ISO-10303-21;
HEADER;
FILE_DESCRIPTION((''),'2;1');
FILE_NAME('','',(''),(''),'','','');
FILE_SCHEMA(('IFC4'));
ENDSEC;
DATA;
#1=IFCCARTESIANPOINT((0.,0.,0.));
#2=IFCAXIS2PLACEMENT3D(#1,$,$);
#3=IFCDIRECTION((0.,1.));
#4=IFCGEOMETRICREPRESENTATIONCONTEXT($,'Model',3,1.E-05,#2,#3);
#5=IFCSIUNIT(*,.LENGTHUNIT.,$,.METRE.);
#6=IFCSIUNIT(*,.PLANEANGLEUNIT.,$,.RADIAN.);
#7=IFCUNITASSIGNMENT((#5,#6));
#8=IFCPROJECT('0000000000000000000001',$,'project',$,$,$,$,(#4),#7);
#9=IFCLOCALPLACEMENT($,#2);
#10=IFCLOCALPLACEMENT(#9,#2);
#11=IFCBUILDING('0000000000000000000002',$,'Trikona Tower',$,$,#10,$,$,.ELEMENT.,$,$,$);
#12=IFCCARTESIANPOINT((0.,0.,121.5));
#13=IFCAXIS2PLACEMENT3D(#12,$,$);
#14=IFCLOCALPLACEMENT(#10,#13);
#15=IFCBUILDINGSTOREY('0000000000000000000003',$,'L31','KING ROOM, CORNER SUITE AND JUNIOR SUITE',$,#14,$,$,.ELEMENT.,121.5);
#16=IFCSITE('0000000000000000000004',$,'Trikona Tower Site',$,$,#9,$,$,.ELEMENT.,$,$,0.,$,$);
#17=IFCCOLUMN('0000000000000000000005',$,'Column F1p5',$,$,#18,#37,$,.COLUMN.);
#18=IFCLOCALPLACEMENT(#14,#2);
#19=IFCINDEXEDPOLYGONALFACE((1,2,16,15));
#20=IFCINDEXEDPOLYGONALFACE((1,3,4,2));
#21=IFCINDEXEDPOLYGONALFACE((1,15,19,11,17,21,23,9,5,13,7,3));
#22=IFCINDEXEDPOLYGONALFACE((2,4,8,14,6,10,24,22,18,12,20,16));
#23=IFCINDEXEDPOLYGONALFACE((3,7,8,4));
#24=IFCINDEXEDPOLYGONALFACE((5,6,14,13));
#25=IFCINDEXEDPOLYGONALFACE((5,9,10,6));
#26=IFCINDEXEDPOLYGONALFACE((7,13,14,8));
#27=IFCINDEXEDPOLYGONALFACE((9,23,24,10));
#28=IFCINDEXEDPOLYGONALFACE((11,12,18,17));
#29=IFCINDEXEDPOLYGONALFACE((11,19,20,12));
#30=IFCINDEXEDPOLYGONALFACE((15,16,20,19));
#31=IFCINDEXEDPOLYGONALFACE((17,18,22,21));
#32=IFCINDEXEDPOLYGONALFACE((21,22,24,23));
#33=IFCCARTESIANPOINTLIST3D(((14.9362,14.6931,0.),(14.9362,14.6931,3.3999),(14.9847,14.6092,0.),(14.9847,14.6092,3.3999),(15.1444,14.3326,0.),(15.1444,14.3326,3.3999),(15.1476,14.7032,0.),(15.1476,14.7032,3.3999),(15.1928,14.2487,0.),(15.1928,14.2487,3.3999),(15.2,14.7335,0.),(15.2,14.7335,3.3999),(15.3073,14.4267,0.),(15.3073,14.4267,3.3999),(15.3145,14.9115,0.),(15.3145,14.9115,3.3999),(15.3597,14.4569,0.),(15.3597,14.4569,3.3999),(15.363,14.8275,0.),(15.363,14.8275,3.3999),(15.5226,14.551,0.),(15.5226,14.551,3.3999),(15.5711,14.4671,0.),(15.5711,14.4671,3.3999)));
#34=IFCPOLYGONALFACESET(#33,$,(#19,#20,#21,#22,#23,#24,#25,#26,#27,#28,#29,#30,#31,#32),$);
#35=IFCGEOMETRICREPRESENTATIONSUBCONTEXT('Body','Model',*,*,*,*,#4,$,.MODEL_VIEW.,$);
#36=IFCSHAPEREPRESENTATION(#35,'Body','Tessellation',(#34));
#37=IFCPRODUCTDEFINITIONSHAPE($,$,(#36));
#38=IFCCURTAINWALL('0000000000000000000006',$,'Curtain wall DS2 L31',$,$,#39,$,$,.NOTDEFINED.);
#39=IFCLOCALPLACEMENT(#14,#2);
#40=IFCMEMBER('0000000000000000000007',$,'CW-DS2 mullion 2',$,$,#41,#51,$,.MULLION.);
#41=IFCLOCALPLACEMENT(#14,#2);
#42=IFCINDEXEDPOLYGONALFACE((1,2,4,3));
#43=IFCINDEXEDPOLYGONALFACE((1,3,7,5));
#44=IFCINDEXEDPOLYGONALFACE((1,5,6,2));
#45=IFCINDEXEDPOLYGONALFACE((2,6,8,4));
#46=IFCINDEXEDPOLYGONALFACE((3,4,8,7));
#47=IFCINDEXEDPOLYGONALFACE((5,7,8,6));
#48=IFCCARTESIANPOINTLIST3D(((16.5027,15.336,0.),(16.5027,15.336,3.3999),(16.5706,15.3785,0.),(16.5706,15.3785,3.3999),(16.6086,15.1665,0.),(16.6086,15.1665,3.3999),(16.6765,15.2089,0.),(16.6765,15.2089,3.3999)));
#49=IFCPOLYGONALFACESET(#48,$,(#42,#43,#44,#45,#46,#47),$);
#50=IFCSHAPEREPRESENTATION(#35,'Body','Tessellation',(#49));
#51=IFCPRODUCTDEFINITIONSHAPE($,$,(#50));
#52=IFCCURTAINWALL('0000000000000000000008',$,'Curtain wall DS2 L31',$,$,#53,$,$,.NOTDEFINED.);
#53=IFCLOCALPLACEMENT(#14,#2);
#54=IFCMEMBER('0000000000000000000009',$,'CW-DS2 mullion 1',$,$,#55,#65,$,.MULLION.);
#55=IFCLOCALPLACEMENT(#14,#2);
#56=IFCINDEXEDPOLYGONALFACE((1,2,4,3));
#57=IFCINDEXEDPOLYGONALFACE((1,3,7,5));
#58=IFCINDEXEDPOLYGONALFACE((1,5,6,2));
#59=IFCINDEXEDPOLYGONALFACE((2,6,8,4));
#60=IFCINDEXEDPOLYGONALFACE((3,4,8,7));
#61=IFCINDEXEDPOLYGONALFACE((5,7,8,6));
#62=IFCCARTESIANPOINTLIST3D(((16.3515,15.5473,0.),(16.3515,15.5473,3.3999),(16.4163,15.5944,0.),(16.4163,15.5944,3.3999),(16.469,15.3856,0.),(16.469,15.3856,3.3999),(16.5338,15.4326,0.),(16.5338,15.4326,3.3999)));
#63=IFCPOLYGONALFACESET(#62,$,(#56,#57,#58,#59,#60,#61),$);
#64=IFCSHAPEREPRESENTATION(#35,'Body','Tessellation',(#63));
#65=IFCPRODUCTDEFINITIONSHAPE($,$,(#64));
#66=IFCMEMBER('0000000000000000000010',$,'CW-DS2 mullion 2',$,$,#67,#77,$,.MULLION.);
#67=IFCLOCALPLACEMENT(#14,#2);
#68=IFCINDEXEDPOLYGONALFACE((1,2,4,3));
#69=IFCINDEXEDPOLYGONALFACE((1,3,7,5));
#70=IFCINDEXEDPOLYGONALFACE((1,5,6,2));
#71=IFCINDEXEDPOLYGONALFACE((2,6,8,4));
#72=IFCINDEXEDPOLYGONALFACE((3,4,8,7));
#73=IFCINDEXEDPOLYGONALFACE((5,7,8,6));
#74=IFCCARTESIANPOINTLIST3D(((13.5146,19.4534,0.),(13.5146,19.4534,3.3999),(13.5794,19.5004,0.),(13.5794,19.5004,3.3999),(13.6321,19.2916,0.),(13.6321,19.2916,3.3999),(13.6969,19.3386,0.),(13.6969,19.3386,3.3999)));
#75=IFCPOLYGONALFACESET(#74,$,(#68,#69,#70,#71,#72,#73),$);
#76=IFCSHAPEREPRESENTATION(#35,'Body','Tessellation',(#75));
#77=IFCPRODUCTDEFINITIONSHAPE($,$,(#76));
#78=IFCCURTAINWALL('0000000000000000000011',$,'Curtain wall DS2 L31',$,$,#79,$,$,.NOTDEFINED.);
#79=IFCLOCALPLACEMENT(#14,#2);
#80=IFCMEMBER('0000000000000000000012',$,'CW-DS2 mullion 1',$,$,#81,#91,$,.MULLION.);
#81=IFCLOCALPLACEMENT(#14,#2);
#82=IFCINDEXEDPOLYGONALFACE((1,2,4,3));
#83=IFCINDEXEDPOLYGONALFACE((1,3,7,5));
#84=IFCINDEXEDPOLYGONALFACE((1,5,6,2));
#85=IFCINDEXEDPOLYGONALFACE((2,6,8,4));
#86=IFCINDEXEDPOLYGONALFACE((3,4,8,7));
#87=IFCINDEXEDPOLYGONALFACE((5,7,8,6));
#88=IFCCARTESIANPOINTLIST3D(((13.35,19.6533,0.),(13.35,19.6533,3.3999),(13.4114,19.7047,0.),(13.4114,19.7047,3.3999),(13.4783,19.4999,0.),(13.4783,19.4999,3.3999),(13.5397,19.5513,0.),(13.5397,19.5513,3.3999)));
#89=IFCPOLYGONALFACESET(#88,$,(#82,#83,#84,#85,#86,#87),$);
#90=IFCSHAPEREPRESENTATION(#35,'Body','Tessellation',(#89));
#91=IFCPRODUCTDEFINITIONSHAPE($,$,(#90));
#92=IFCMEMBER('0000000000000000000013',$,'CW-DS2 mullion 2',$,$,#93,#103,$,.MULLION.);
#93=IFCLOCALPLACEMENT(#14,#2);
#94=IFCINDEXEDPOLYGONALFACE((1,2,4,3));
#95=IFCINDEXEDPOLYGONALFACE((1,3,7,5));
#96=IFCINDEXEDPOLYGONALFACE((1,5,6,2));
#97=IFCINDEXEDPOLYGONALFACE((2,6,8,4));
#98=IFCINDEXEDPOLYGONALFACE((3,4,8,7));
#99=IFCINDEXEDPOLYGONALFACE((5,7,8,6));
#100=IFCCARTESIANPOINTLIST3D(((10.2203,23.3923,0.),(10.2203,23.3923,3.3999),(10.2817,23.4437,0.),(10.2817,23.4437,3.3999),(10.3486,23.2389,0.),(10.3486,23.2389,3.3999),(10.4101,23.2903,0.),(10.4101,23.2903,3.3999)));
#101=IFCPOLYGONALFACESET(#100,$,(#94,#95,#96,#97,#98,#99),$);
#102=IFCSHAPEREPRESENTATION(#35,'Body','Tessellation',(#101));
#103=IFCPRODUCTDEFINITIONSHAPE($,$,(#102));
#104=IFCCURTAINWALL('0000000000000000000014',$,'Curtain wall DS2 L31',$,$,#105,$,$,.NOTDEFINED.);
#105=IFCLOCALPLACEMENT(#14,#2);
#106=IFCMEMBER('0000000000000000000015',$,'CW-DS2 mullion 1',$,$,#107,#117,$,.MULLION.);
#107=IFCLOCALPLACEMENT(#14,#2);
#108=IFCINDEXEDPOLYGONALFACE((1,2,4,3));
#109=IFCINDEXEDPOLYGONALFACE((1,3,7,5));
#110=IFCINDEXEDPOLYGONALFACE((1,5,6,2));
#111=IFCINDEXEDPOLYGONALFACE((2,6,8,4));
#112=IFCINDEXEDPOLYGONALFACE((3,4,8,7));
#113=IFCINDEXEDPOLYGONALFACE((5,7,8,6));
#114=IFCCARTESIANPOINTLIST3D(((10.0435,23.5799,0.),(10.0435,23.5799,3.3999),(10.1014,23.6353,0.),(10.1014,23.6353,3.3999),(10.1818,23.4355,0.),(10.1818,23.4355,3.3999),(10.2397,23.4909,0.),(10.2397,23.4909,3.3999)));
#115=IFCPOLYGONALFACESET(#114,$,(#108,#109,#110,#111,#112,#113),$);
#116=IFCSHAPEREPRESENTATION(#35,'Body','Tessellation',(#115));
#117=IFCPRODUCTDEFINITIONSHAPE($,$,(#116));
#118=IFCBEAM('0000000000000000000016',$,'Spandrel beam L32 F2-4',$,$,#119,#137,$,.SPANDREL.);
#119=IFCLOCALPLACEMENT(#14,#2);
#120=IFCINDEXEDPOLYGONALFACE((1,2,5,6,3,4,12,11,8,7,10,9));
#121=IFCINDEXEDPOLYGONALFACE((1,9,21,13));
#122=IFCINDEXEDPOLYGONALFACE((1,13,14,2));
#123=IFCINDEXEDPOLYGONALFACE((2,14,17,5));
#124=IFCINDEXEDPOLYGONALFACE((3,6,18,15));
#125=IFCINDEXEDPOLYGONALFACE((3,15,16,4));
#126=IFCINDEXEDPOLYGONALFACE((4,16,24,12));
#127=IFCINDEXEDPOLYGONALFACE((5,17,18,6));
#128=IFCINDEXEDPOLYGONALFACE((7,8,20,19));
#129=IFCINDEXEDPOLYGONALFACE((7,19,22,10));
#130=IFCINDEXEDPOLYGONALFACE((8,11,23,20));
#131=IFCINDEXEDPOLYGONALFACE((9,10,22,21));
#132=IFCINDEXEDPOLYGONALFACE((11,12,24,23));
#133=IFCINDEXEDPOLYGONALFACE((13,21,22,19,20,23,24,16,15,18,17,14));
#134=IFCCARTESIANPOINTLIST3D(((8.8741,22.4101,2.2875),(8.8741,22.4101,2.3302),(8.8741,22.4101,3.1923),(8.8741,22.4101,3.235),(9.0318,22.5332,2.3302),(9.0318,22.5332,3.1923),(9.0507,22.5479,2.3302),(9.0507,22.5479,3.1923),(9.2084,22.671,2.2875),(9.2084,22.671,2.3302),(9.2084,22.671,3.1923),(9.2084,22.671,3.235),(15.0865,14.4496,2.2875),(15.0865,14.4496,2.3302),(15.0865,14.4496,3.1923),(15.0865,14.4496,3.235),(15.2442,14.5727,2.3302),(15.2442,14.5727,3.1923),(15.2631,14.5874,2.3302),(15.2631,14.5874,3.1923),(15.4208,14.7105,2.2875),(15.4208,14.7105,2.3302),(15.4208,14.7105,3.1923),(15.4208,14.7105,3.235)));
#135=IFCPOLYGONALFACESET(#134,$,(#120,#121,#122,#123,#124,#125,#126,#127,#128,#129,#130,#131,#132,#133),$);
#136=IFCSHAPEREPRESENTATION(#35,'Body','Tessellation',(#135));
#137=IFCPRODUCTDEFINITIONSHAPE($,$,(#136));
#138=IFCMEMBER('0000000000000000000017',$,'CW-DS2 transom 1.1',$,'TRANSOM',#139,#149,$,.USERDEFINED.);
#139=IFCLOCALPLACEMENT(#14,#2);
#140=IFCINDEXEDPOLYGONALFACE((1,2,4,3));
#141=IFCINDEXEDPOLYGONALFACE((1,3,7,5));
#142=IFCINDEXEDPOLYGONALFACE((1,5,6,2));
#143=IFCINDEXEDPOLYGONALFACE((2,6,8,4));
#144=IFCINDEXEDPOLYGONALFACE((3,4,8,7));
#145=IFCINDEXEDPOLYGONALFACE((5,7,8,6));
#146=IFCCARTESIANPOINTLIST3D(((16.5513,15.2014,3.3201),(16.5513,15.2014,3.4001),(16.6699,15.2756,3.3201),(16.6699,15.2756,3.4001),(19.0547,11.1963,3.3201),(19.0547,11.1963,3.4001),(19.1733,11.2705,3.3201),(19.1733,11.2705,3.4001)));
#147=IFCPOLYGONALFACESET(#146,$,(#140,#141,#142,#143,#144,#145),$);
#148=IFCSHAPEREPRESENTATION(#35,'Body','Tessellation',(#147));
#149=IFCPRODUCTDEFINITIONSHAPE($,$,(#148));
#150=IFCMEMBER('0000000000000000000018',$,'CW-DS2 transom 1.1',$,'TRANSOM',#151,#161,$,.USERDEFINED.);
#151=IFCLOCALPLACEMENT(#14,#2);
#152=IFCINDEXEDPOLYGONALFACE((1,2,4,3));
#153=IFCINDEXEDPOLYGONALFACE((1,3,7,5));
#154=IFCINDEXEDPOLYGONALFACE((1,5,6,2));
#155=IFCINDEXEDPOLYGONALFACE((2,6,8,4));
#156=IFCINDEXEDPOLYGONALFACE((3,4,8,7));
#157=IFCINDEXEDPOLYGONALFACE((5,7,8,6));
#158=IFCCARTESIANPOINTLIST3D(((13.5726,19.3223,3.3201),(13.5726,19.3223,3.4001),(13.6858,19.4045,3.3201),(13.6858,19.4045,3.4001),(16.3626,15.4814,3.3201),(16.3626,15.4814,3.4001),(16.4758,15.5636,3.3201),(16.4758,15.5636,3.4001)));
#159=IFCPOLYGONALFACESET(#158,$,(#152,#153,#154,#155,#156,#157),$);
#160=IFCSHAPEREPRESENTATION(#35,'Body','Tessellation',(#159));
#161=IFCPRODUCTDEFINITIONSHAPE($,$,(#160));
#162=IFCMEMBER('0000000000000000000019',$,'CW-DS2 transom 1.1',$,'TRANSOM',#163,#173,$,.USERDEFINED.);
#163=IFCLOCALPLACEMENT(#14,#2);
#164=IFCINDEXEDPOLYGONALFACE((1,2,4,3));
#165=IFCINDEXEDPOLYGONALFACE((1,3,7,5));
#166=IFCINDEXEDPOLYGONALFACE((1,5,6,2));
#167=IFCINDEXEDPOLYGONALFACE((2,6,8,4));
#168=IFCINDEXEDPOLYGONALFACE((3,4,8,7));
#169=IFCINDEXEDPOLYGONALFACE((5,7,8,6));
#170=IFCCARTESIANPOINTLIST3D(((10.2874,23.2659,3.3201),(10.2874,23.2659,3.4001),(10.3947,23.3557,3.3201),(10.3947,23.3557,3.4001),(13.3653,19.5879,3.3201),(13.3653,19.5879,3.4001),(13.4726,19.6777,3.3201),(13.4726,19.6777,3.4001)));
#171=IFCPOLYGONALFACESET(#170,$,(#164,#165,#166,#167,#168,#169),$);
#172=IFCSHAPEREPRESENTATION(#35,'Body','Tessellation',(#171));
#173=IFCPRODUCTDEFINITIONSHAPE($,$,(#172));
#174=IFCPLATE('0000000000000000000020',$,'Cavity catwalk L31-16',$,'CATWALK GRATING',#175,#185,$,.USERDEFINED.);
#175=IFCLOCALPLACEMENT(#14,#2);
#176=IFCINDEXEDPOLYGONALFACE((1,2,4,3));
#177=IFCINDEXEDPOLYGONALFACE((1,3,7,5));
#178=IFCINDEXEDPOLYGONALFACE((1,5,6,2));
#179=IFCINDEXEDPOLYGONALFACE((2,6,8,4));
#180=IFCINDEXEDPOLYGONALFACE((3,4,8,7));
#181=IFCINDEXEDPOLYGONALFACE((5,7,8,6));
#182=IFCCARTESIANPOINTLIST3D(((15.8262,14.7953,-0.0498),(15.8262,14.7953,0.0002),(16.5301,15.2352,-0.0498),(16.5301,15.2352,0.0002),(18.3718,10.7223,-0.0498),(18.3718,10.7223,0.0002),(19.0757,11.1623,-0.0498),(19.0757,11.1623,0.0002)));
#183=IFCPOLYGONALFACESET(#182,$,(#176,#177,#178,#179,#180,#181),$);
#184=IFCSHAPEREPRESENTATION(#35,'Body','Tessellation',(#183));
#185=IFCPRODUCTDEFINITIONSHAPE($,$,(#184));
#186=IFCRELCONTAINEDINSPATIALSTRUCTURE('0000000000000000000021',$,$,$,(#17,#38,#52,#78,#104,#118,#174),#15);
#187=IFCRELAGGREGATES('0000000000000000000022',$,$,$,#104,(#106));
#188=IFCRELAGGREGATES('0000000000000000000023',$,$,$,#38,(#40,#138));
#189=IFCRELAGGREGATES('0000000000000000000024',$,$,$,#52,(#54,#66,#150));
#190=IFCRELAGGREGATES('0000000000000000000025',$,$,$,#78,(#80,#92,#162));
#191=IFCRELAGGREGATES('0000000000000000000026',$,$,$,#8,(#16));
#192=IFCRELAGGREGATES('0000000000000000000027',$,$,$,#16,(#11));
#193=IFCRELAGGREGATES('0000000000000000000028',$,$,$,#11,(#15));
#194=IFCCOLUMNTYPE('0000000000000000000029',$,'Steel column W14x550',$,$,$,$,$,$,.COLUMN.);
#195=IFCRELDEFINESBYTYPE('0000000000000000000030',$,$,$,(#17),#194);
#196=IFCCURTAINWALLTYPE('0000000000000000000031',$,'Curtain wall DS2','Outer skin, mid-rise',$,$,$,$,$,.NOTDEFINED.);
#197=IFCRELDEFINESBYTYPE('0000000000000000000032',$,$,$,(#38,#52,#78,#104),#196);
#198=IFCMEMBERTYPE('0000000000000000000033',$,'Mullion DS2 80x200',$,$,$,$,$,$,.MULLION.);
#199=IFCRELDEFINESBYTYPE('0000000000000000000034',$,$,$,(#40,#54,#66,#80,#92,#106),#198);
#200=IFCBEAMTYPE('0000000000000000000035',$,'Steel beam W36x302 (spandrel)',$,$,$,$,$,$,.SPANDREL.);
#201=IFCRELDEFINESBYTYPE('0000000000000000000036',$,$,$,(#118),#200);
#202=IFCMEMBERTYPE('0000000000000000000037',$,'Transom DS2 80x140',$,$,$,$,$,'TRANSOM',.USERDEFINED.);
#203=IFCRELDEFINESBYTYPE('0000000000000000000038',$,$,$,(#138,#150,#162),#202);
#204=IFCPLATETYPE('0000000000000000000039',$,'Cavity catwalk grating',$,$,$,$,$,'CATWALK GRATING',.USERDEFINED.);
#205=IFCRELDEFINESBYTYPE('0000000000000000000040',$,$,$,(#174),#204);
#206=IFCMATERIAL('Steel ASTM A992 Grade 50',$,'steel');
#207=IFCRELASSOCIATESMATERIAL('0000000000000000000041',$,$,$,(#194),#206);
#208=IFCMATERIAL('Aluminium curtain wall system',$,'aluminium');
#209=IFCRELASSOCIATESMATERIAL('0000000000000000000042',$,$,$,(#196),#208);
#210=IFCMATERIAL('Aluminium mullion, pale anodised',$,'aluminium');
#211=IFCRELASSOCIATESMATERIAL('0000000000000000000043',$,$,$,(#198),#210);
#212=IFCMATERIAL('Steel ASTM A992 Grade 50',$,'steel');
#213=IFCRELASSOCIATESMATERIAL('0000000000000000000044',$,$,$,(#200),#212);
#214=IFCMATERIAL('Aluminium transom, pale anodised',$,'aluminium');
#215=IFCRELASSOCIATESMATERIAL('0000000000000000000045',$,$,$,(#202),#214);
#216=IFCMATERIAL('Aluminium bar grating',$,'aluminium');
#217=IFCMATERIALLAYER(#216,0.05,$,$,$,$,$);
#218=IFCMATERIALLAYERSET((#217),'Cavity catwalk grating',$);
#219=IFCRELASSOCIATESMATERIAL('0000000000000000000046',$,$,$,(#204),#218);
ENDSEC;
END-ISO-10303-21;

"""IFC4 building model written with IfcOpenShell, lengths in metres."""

from ifc_helpers import new_model, si_unit, direction, frame, origin, origin_2d, place, context, subcontext, project, spatial, rectangle, i_section, extrude, material, layer, layer_set, material_profile, profile_set, type_object, element, aggregate, save


model = new_model("IFC4")

# Units and contexts
model_context = context("Model", 3, precision=1e-05, world=origin(), true_north=direction((0.0, 1.0)))
body_context = subcontext(model_context, "Body", "Model", "MODEL_VIEW")
ifc_project = project(units=[si_unit("LENGTHUNIT", "METRE"), si_unit("PLANEANGLEUNIT", "RADIAN")], contexts=[model_context])

# Site, building, storey
site_placement = place(None, origin())
site = spatial("IfcSite", under=ifc_project, at=site_placement, Name="Trikona Tower Site", CompositionType="ELEMENT", RefElevation=0.0)
building_placement = place(site_placement, origin())
building = spatial("IfcBuilding", under=site, at=building_placement, Name="Trikona Tower", CompositionType="ELEMENT")
storey_placement = place(building_placement, frame((0.0, 0.0, 121.5)))
storey = spatial("IfcBuildingStorey", under=building, at=storey_placement, Name="L31", Description="KING ROOM, CORNER SUITE AND JUNIOR SUITE", CompositionType="ELEMENT", Elevation=121.5)

# Column
ifc_material_1 = material(Name="Steel ASTM A992 Grade 50", Category="steel")
ifc_material_profile_1 = material_profile(ifc_material_1, i_section(OverallWidth=0.4368, OverallDepth=0.5132, WebThickness=0.0605, FlangeThickness=0.0969, at=origin_2d()), Name="W14X550")
ifc_profile_set_1 = profile_set([ifc_material_profile_1], Name="Steel ASTM A992 Grade 50")
column_type = type_object("IfcColumnType", Name="Steel column W14x550", PredefinedType="COLUMN", material=ifc_profile_set_1)
column_placement = place(storey_placement, frame((15.2537, 14.5801, 0.0), z_axis=(0.0, 0.0, 1.0), x_axis=(0.866025, 0.5, 0.0)))
element("IfcColumn", 1, at=column_placement, inside=storey, type_object=column_type, Name="Column F1p5", PredefinedType="COLUMN", context=body_context, shape_type="SweptSolid", body=[
    extrude(i_section(OverallWidth=0.4368, OverallDepth=0.5132, WebThickness=0.0605, FlangeThickness=0.0969, at=origin_2d()), origin(), (0.0, 0.0, 1.0), 3.3999),
])

# Curtain wall, member
ifc_material_2 = material(Name="Aluminium curtain wall system", Category="aluminium")
curtain_wall_type = type_object("IfcCurtainWallType", Name="Curtain wall DS2", Description="Outer skin, mid-rise", PredefinedType="NOTDEFINED", material=ifc_material_2)
curtain_wall_1_placement = place(storey_placement, origin())
curtain_wall_1 = element("IfcCurtainWall", 2, at=curtain_wall_1_placement, inside=storey, type_object=curtain_wall_type, Name="Curtain wall DS2 L31", PredefinedType="NOTDEFINED")
ifc_material_3 = material(Name="Aluminium mullion, pale anodised", Category="aluminium")
ifc_material_profile_2 = material_profile(ifc_material_3, rectangle(XDim=0.0801, YDim=0.2, at=origin_2d()), Name="MUL-DS2")
ifc_profile_set_2 = profile_set([ifc_material_profile_2], Name="Aluminium mullion, pale anodised")
member_type_1 = type_object("IfcMemberType", Name="Mullion DS2 80x200", PredefinedType="MULLION", material=ifc_profile_set_2)
member_1_placement = place(storey_placement, frame((16.5896, 15.2725, 0.0), z_axis=(0.0, 0.0, 1.0), x_axis=(-0.847998, -0.529999, 0.0)))
member_1 = element("IfcMember", 3, at=member_1_placement, type_object=member_type_1, Name="CW-DS2 mullion 2", PredefinedType="MULLION", context=body_context, shape_type="SweptSolid", body=[
    extrude(rectangle(XDim=0.0801, YDim=0.2, at=origin_2d()), origin(), (0.0, 0.0, 1.0), 3.3999),
])

# Curtain walls, members
curtain_wall_2_placement = place(storey_placement, origin())
curtain_wall_2 = element("IfcCurtainWall", 4, at=curtain_wall_2_placement, inside=storey, type_object=curtain_wall_type, Name="Curtain wall DS2 L31", PredefinedType="NOTDEFINED")
member_2_placement = place(storey_placement, frame((16.4426, 15.49, 0.0), z_axis=(0.0, 0.0, 1.0), x_axis=(-0.809086, -0.587691, 0.0)))
member_2 = element("IfcMember", 5, at=member_2_placement, type_object=member_type_1, Name="CW-DS2 mullion 1", PredefinedType="MULLION", context=body_context, shape_type="SweptSolid", body=[
    extrude(rectangle(XDim=0.0801, YDim=0.2, at=origin_2d()), origin(), (0.0, 0.0, 1.0), 3.3999),
])
member_3_placement = place(storey_placement, frame((13.6057, 19.396, 0.0), z_axis=(0.0, 0.0, 1.0), x_axis=(-0.809086, -0.587691, 0.0)))
member_3 = element("IfcMember", 6, at=member_3_placement, type_object=member_type_1, Name="CW-DS2 mullion 2", PredefinedType="MULLION", context=body_context, shape_type="SweptSolid", body=[
    extrude(rectangle(XDim=0.0801, YDim=0.2, at=origin_2d()), origin(), (0.0, 0.0, 1.0), 3.3999),
])
curtain_wall_3_placement = place(storey_placement, origin())
curtain_wall_3 = element("IfcCurtainWall", 7, at=curtain_wall_3_placement, inside=storey, type_object=curtain_wall_type, Name="Curtain wall DS2 L31", PredefinedType="NOTDEFINED")
member_4_placement = place(storey_placement, frame((13.4448, 19.6023, 0.0), z_axis=(0.0, 0.0, 1.0), x_axis=(-0.766867, -0.641806, 0.0)))
member_4 = element("IfcMember", 8, at=member_4_placement, type_object=member_type_1, Name="CW-DS2 mullion 1", PredefinedType="MULLION", context=body_context, shape_type="SweptSolid", body=[
    extrude(rectangle(XDim=0.0801, YDim=0.2, at=origin_2d()), origin(), (0.0, 0.0, 1.0), 3.3999),
])
member_5_placement = place(storey_placement, frame((10.3152, 23.3413, 0.0), z_axis=(0.0, 0.0, 1.0), x_axis=(-0.766867, -0.641806, 0.0)))
member_5 = element("IfcMember", 9, at=member_5_placement, type_object=member_type_1, Name="CW-DS2 mullion 2", PredefinedType="MULLION", context=body_context, shape_type="SweptSolid", body=[
    extrude(rectangle(XDim=0.0801, YDim=0.2, at=origin_2d()), origin(), (0.0, 0.0, 1.0), 3.3999),
])

# Curtain wall, member
curtain_wall_4_placement = place(storey_placement, origin())
curtain_wall_4 = element("IfcCurtainWall", 10, at=curtain_wall_4_placement, inside=storey, type_object=curtain_wall_type, Name="Curtain wall DS2 L31", PredefinedType="NOTDEFINED")
member_6_placement = place(storey_placement, frame((10.1416, 23.5354, 0.0), z_axis=(0.0, 0.0, 1.0), x_axis=(-0.722158, -0.691728, 0.0)))
member_6 = element("IfcMember", 11, at=member_6_placement, type_object=member_type_1, Name="CW-DS2 mullion 1", PredefinedType="MULLION", context=body_context, shape_type="SweptSolid", body=[
    extrude(rectangle(XDim=0.0801, YDim=0.2, at=origin_2d()), origin(), (0.0, 0.0, 1.0), 3.3999),
])
aggregate(curtain_wall_4, [member_6])

# Beam
ifc_material_4 = material(Name="Steel ASTM A992 Grade 50", Category="steel")
ifc_material_profile_3 = material_profile(ifc_material_4, i_section(OverallWidth=0.4241, OverallDepth=0.9475, WebThickness=0.0239, FlangeThickness=0.0427, at=origin_2d()), Name="W36X302")
ifc_profile_set_3 = profile_set([ifc_material_profile_3], Name="Steel ASTM A992 Grade 50")
beam_type = type_object("IfcBeamType", Name="Steel beam W36x302 (spandrel)", PredefinedType="SPANDREL", material=ifc_profile_set_3)
beam_placement = place(storey_placement, frame((15.2537, 14.5801, 2.7612), z_axis=(-0.615232, 0.788346, 0.0), x_axis=(-0.788346, -0.615232, 0.0)))
element("IfcBeam", 12, at=beam_placement, inside=storey, type_object=beam_type, Name="Spandrel beam L32 F2-4", PredefinedType="SPANDREL", context=body_context, shape_type="SweptSolid", body=[
    extrude(i_section(OverallWidth=0.4241, OverallDepth=0.9475, WebThickness=0.0239, FlangeThickness=0.0427, at=origin_2d()), origin(), (0.0, 0.0, 1.0), 10.0977),
])

# Members
ifc_material_5 = material(Name="Aluminium transom, pale anodised", Category="aluminium")
ifc_material_profile_4 = material_profile(ifc_material_5, rectangle(XDim=0.1399, YDim=0.0801, at=origin_2d()), Name="TRN-DS2")
ifc_profile_set_4 = profile_set([ifc_material_profile_4], Name="Aluminium transom, pale anodised")
member_type_2 = type_object("IfcMemberType", Name="Transom DS2 80x140", ElementType="TRANSOM", PredefinedType="USERDEFINED", material=ifc_profile_set_4)
member_7_placement = place(storey_placement, frame((19.114, 11.2334, 3.3601), z_axis=(-0.530031, 0.847978, 0.0), x_axis=(-0.847978, -0.530031, 0.0)))
member_7 = element("IfcMember", 13, at=member_7_placement, type_object=member_type_2, Name="CW-DS2 transom 1.1", ObjectType="TRANSOM", PredefinedType="USERDEFINED", context=body_context, shape_type="SweptSolid", body=[
    extrude(rectangle(XDim=0.1399, YDim=0.0801, at=origin_2d()), origin(), (0.0, 0.0, 1.0), 4.7231),
])
member_8_placement = place(storey_placement, frame((16.4192, 15.5225, 3.3601), z_axis=(-0.587695, 0.809083, 0.0), x_axis=(-0.809083, -0.587695, 0.0)))
member_8 = element("IfcMember", 14, at=member_8_placement, type_object=member_type_2, Name="CW-DS2 transom 1.1", ObjectType="TRANSOM", PredefinedType="USERDEFINED", context=body_context, shape_type="SweptSolid", body=[
    extrude(rectangle(XDim=0.1399, YDim=0.0801, at=origin_2d()), origin(), (0.0, 0.0, 1.0), 4.7473),
])
member_9_placement = place(storey_placement, frame((13.4189, 19.6328, 3.3601), z_axis=(-0.64177, 0.766897, 0.0), x_axis=(-0.766897, -0.64177, 0.0)))
member_9 = element("IfcMember", 15, at=member_9_placement, type_object=member_type_2, Name="CW-DS2 transom 1.1", ObjectType="TRANSOM", PredefinedType="USERDEFINED", context=body_context, shape_type="SweptSolid", body=[
    extrude(rectangle(XDim=0.1399, YDim=0.0801, at=origin_2d()), origin(), (0.0, 0.0, 1.0), 4.7959),
])

# Plate
ifc_material_6 = material(Name="Aluminium bar grating", Category="aluminium")
ifc_layer_1 = layer(ifc_material_6, 0.05)
ifc_layer_set_1 = layer_set([ifc_layer_1], Name="Cavity catwalk grating")
plate_type_1 = type_object("IfcPlateType", Name="Cavity catwalk grating", ElementType="CATWALK GRATING", PredefinedType="USERDEFINED", material=ifc_layer_set_1)
plate_1_placement = place(storey_placement, frame((17.4509, 12.9788, -0.0498), z_axis=(0.0, 0.0, 1.0), x_axis=(-0.529995, 0.848001, 0.0)))
element("IfcPlate", 16, at=plate_1_placement, inside=storey, type_object=plate_type_1, Name="Cavity catwalk L31-16", ObjectType="CATWALK GRATING", PredefinedType="USERDEFINED", context=body_context, shape_type="SweptSolid", body=[
    extrude(rectangle(XDim=4.803, YDim=0.8301, at=origin_2d()), origin(), (0.0, 0.0, 1.0), 0.05),
])

aggregate(curtain_wall_1, [member_1, member_7])
aggregate(curtain_wall_2, [member_2, member_3, member_8])
aggregate(curtain_wall_3, [member_4, member_5, member_9])

save(model, "model.ifc")
